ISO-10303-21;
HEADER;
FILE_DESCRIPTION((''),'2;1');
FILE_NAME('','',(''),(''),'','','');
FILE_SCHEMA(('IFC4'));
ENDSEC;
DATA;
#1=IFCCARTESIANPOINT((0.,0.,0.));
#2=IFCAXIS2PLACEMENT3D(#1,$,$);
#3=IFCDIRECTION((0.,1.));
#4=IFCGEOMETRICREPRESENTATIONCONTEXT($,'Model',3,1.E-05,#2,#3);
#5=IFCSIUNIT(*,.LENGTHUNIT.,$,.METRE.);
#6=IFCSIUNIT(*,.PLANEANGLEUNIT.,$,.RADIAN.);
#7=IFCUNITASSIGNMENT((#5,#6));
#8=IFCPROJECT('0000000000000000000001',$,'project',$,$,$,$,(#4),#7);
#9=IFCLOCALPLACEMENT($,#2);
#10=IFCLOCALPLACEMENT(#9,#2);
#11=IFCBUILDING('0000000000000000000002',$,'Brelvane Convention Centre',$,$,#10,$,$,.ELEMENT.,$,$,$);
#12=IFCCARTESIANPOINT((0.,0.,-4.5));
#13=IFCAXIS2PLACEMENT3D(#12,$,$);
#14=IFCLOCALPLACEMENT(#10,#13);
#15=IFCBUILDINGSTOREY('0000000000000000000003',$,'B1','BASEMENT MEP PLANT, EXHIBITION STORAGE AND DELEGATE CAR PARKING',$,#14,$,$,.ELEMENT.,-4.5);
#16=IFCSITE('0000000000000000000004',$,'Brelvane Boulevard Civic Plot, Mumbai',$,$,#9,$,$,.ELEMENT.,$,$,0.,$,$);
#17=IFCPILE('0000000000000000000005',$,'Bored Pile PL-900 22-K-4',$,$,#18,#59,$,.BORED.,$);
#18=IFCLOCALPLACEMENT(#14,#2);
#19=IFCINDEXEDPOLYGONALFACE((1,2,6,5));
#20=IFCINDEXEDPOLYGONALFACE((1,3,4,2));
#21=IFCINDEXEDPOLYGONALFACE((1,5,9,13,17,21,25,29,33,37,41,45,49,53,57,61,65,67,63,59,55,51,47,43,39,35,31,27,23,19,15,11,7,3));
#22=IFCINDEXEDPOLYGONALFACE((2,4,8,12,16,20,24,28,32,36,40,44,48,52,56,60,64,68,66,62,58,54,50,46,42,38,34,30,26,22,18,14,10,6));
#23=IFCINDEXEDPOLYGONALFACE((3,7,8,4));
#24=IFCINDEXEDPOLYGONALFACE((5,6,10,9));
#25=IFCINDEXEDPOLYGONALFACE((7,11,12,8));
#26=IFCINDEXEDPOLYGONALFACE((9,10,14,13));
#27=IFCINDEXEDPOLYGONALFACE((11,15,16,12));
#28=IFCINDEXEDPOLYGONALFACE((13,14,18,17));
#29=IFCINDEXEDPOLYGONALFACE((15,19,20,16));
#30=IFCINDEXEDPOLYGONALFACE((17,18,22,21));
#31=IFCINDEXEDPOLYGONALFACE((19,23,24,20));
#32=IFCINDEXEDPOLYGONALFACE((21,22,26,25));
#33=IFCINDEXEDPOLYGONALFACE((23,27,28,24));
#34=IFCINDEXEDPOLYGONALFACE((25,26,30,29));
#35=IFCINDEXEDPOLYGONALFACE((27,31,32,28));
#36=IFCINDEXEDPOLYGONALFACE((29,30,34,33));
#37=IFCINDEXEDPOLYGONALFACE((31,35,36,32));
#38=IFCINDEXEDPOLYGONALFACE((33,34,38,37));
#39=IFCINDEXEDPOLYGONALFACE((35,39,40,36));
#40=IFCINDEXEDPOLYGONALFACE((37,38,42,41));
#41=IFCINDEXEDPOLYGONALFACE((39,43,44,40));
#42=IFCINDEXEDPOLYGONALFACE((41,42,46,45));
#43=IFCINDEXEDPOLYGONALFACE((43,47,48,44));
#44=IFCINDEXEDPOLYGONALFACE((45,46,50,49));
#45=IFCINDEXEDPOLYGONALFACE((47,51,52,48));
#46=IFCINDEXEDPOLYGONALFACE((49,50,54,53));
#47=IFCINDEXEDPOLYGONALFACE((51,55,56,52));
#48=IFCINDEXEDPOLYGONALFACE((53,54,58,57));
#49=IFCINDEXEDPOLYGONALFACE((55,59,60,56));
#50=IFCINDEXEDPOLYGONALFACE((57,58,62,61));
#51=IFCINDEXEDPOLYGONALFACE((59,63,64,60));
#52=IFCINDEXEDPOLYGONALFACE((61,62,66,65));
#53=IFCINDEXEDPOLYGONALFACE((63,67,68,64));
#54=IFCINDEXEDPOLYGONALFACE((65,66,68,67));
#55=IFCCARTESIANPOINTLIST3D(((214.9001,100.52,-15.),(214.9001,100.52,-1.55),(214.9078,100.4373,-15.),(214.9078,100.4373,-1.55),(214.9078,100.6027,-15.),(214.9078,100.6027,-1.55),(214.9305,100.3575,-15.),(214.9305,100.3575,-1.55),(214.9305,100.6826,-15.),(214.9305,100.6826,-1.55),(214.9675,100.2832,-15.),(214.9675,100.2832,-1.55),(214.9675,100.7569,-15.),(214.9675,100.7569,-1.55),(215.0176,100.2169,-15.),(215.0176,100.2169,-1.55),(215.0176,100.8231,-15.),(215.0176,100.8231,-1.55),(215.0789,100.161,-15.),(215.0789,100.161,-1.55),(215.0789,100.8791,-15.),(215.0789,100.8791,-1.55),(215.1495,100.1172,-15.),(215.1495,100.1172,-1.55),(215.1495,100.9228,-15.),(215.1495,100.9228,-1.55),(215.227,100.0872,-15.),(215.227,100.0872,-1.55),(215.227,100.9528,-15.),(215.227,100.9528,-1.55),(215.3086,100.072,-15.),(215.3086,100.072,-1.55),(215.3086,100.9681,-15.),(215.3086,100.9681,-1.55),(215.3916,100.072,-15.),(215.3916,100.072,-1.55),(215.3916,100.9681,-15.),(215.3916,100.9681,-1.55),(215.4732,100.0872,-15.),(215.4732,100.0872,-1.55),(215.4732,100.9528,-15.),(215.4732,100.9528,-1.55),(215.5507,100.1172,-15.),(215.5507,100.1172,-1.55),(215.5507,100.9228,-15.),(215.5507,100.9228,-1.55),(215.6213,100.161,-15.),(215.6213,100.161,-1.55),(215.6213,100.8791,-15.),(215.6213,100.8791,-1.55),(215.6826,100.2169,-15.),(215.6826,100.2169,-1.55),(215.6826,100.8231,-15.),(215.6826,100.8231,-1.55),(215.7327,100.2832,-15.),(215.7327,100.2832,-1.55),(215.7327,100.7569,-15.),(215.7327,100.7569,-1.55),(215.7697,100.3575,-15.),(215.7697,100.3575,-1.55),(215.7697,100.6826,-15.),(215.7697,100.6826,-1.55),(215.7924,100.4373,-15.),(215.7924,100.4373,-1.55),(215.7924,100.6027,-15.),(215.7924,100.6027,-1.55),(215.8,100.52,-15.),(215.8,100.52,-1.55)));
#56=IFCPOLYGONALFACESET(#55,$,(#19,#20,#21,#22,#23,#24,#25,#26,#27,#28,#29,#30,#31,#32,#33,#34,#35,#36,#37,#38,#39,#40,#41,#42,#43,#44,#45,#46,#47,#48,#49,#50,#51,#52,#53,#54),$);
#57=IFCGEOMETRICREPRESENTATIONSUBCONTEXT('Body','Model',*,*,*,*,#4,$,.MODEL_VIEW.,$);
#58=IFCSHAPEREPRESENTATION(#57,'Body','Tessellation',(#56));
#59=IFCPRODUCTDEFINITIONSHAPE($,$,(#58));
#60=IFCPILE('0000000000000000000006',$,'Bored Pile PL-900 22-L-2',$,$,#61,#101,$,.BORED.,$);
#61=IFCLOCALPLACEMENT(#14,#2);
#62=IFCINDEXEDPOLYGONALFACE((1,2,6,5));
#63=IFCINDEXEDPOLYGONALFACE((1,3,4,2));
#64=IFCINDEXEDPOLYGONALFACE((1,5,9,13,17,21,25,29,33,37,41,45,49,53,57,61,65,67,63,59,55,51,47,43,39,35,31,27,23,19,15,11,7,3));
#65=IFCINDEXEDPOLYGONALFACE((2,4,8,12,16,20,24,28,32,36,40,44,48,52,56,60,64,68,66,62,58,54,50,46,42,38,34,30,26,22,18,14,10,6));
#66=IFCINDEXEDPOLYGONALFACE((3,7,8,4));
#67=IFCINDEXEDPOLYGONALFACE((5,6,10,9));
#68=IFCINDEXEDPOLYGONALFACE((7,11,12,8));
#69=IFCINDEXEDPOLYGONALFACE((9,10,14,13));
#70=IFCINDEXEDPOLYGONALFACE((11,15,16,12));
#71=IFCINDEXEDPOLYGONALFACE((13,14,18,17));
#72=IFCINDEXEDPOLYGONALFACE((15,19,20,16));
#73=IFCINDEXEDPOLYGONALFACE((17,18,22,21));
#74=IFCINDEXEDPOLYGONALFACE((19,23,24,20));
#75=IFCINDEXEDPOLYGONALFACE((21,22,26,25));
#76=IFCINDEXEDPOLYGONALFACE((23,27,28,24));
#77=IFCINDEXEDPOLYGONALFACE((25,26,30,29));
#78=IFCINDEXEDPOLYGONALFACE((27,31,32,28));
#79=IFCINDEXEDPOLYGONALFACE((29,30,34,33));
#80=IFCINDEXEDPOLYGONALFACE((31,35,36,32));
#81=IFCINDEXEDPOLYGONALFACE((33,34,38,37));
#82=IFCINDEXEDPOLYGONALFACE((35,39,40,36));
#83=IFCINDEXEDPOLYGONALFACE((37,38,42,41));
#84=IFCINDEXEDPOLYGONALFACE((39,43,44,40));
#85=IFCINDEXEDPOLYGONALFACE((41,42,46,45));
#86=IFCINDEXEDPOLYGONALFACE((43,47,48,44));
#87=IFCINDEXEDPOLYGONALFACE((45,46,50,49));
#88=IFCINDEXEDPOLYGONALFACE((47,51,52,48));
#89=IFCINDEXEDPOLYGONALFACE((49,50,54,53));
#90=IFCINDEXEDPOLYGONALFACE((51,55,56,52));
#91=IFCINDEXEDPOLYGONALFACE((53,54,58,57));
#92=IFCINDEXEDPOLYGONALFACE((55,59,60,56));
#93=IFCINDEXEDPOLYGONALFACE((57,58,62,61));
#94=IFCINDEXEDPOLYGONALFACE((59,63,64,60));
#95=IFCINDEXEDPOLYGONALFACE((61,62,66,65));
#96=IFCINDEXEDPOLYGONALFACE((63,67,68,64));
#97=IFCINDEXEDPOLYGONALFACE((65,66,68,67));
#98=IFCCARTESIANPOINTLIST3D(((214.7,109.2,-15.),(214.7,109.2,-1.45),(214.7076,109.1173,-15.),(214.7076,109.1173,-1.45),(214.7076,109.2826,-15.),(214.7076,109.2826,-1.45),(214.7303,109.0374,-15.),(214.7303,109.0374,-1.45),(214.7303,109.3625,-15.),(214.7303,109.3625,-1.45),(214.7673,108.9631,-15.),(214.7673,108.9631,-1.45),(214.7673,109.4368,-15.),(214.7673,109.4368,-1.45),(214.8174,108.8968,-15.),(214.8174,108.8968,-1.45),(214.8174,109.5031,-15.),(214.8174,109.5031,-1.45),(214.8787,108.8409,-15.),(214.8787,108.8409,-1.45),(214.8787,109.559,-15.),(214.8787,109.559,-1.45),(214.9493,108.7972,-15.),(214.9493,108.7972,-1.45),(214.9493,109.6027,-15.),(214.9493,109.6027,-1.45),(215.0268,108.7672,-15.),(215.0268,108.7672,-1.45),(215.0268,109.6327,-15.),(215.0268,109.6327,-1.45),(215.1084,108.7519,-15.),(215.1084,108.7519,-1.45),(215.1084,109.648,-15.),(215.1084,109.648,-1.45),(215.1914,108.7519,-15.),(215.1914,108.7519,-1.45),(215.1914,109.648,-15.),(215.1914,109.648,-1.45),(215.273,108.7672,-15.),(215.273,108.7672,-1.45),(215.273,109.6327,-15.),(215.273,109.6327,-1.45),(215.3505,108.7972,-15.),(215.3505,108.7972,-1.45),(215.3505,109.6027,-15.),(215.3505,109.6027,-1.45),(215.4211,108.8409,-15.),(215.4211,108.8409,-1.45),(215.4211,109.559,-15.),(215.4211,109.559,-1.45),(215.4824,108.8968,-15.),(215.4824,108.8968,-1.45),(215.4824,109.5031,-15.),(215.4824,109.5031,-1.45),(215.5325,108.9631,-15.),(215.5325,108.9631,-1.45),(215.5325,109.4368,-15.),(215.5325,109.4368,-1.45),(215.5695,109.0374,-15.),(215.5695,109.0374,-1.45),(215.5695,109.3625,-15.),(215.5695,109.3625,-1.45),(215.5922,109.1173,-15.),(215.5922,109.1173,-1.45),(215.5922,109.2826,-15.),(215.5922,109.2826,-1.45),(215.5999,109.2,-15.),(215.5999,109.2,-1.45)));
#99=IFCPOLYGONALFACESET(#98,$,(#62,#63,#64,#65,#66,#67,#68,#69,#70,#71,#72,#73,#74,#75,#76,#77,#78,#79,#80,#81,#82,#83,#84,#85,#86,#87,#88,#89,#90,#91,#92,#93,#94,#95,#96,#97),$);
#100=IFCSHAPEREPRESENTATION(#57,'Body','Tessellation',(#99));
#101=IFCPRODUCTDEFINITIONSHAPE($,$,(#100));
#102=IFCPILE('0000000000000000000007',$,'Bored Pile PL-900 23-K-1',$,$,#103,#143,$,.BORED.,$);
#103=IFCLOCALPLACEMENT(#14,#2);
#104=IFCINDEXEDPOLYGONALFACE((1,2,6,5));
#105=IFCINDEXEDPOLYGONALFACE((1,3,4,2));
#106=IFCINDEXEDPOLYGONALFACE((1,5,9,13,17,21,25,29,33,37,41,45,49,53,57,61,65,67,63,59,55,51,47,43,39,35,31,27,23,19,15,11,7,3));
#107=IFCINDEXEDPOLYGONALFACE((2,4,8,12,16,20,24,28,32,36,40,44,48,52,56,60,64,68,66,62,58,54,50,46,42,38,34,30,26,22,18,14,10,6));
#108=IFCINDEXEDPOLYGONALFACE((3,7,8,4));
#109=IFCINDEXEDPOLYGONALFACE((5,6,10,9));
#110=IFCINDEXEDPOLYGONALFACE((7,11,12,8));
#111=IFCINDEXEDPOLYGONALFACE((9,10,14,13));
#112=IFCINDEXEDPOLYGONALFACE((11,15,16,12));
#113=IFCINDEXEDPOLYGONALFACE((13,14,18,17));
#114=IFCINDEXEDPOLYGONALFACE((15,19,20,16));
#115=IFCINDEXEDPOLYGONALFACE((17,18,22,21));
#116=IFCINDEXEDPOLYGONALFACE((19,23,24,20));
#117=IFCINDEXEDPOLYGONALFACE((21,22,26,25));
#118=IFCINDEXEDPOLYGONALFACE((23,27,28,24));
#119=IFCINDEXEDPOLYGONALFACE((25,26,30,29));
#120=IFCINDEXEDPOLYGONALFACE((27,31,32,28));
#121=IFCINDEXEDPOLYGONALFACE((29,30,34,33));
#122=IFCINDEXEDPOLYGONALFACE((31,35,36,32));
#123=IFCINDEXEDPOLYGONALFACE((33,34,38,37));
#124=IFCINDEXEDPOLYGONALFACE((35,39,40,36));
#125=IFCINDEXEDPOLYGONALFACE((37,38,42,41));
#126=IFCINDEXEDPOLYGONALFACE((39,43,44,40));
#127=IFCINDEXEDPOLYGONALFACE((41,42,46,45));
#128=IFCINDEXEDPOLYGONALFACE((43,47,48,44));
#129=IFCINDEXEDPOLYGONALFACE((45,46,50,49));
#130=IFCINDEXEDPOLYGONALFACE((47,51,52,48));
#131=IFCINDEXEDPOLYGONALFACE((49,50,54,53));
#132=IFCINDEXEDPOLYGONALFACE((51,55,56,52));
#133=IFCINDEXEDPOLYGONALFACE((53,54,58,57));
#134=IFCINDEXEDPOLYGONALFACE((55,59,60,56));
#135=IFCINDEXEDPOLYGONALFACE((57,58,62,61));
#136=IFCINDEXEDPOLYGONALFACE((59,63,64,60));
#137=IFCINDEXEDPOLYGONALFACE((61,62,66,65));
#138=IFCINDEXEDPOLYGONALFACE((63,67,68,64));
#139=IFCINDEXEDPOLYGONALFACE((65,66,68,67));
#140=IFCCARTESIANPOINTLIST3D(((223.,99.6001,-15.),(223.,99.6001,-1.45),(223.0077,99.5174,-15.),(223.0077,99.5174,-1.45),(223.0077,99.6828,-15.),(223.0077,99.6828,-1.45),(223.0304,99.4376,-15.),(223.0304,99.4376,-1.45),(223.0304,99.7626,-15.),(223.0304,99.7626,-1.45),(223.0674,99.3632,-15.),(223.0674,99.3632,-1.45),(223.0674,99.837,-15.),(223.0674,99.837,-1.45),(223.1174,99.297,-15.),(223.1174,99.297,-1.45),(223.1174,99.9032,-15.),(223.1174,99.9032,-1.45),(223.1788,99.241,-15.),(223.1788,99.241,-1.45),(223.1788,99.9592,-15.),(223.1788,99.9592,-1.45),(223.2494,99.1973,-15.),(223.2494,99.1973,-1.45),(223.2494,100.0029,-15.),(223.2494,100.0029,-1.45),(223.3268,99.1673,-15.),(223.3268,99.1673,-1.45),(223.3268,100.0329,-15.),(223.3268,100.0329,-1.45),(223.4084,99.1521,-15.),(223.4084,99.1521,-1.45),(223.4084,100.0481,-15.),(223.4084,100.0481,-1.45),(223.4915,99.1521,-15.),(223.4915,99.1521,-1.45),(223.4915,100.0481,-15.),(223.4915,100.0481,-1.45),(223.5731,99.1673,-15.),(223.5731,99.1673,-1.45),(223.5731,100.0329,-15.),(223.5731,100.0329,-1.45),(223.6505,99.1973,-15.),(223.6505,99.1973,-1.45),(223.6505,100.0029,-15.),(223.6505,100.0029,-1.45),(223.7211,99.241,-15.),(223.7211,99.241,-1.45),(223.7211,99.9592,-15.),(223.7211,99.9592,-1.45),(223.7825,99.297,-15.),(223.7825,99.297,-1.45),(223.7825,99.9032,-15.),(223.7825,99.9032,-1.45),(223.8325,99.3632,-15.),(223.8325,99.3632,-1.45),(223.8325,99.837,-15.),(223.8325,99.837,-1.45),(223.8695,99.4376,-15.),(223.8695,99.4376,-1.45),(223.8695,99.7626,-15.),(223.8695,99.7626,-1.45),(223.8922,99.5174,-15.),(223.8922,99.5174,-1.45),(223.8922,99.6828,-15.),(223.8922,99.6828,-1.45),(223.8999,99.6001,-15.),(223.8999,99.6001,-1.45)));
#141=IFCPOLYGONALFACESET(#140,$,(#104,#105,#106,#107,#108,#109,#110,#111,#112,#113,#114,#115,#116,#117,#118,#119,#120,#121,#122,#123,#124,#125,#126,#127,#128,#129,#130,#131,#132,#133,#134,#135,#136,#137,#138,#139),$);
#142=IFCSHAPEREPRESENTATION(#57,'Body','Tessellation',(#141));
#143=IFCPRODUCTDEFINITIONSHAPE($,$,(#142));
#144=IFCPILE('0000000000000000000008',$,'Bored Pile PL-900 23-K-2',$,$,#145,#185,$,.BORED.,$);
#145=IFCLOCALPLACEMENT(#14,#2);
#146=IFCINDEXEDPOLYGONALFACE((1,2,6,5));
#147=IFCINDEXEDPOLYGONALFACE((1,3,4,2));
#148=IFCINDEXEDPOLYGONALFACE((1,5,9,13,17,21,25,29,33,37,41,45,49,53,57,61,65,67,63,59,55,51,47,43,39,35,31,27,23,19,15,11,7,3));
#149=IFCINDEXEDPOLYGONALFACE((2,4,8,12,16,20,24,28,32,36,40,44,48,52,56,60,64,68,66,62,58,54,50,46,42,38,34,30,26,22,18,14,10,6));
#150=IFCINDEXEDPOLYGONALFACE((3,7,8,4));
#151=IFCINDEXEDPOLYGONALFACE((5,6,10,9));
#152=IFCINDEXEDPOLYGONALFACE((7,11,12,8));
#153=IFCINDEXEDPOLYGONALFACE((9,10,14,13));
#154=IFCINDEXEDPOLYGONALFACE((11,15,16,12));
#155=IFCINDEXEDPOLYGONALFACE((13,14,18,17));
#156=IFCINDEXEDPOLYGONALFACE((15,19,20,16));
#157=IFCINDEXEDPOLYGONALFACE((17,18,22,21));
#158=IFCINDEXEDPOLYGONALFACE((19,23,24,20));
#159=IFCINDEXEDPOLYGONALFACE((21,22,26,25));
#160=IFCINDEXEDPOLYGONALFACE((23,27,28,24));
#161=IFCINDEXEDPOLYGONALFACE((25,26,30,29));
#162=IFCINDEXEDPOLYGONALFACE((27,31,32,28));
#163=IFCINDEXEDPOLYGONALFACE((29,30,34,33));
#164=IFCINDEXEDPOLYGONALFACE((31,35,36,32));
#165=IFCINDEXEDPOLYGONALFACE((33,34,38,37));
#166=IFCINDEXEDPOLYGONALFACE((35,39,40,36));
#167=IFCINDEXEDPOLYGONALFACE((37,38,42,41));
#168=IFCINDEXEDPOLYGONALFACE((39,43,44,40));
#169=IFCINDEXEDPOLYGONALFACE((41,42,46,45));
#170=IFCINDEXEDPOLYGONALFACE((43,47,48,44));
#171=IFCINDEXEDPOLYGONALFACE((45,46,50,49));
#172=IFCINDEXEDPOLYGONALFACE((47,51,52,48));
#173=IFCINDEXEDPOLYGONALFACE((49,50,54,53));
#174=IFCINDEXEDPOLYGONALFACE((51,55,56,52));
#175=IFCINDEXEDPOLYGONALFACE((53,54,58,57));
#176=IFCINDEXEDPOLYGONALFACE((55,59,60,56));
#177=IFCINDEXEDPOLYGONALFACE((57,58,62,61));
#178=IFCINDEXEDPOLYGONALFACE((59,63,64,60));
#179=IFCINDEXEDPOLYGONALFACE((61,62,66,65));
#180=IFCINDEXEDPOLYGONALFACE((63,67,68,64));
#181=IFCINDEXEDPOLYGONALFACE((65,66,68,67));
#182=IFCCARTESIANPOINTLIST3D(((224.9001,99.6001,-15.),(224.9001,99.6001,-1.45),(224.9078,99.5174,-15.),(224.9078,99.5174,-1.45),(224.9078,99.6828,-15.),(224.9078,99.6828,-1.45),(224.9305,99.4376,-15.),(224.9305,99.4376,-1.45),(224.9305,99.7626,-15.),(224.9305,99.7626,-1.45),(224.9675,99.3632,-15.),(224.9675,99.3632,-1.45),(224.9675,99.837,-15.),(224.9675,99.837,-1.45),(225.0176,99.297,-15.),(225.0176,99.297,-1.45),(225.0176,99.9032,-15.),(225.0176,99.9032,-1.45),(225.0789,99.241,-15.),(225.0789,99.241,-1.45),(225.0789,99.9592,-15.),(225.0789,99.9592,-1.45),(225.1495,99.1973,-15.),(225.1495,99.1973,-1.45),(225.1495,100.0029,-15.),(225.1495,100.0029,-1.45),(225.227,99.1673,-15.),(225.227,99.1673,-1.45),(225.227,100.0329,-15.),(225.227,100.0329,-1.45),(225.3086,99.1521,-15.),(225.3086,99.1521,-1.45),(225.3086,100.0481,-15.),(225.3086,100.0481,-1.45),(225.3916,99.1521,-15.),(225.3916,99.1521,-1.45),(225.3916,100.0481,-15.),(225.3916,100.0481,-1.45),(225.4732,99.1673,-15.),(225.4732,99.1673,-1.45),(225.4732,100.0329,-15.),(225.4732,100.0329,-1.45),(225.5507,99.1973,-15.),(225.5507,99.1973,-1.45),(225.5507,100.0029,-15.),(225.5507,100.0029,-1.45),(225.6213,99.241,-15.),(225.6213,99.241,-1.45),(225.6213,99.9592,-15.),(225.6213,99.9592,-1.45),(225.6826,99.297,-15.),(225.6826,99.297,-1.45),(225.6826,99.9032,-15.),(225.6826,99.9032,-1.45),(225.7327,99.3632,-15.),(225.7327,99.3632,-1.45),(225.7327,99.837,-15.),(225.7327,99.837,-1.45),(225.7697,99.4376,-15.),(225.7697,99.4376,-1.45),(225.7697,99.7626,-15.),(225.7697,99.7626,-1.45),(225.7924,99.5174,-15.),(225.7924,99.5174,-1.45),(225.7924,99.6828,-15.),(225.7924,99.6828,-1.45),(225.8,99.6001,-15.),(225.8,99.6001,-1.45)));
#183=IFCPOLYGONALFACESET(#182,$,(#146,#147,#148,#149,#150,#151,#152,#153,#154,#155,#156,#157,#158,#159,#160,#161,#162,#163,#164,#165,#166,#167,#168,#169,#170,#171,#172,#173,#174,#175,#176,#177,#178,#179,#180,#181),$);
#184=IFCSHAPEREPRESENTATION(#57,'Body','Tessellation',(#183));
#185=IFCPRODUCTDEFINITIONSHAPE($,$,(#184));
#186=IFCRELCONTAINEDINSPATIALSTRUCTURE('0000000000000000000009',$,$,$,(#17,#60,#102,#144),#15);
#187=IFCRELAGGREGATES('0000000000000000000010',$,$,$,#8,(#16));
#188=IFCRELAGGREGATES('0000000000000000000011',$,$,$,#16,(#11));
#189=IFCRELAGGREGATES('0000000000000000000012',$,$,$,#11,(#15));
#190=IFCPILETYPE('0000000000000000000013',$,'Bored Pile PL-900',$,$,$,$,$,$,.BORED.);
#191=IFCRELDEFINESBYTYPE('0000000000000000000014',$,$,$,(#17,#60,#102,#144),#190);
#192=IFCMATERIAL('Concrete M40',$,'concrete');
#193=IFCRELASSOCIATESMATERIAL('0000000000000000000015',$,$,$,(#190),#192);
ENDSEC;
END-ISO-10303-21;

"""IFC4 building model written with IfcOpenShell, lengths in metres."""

from ifc_helpers import new_model, si_unit, direction, frame, origin, origin_2d, place, context, subcontext, project, spatial, circle, extrude, material, material_profile, profile_set, type_object, element, save


model = new_model("IFC4")

# Units and contexts
model_context = context("Model", 3, precision=1e-05, world=origin(), true_north=direction((0.0, 1.0)))
body_context = subcontext(model_context, "Body", "Model", "MODEL_VIEW")
ifc_project = project(units=[si_unit("LENGTHUNIT", "METRE"), si_unit("PLANEANGLEUNIT", "RADIAN")], contexts=[model_context])

# Site, building, storey
site_placement = place(None, origin())
site = spatial("IfcSite", under=ifc_project, at=site_placement, Name="Brelvane Boulevard Civic Plot, Mumbai", CompositionType="ELEMENT", RefElevation=0.0)
building_placement = place(site_placement, origin())
building = spatial("IfcBuilding", under=site, at=building_placement, Name="Brelvane Convention Centre", CompositionType="ELEMENT")
storey_placement = place(building_placement, frame((0.0, 0.0, -4.5)))
storey = spatial("IfcBuildingStorey", under=building, at=storey_placement, Name="B1", Description="BASEMENT MEP PLANT, EXHIBITION STORAGE AND DELEGATE CAR PARKING", CompositionType="ELEMENT", Elevation=-4.5)

# Piles
ifc_material_1 = material(Name="Concrete M40", Category="concrete")
ifc_material_profile_1 = material_profile(ifc_material_1, circle(Radius=0.45, at=origin_2d()), Name="PILE D900")
ifc_profile_set_1 = profile_set([ifc_material_profile_1], Name="Concrete M40")
pile_type_1 = type_object("IfcPileType", Name="Bored Pile PL-900", PredefinedType="BORED", material=ifc_profile_set_1)
for number, where, z_axis, x_axis, name in (
    (1, (215.3501, 100.52, -1.55), (0.0, 0.0, -1.0), (1.0, 0.0, 0.0), "Bored Pile PL-900 22-K-4"),
):
    element("IfcPile", number, at=place(storey_placement, frame(where, z_axis=z_axis, x_axis=x_axis)), inside=storey, type_object=pile_type_1, Name=name, PredefinedType="BORED", context=body_context, shape_type="SweptSolid", body=[
        extrude(circle(Radius=0.45, at=origin_2d()), origin(), (0.0, 0.0, 1.0), 13.45),
    ])
for number, where, z_axis, x_axis, name in (
    (2, (215.1499, 109.2, -1.45), (0.0, 0.0, -1.0), (1.0, 0.0, 0.0), "Bored Pile PL-900 22-L-2"),
    (3, (223.45, 99.6001, -1.45), (0.0, 0.0, -1.0), (1.0, 0.0, 0.0), "Bored Pile PL-900 23-K-1"),
    (4, (225.3501, 99.6001, -1.45), (0.0, 0.0, -1.0), (1.0, 0.0, 0.0), "Bored Pile PL-900 23-K-2"),
):
    element("IfcPile", number, at=place(storey_placement, frame(where, z_axis=z_axis, x_axis=x_axis)), inside=storey, type_object=pile_type_1, Name=name, PredefinedType="BORED", context=body_context, shape_type="SweptSolid", body=[
        extrude(circle(Radius=0.45, at=origin_2d()), origin(), (0.0, 0.0, 1.0), 13.55),
    ])

save(model, "model.ifc")
